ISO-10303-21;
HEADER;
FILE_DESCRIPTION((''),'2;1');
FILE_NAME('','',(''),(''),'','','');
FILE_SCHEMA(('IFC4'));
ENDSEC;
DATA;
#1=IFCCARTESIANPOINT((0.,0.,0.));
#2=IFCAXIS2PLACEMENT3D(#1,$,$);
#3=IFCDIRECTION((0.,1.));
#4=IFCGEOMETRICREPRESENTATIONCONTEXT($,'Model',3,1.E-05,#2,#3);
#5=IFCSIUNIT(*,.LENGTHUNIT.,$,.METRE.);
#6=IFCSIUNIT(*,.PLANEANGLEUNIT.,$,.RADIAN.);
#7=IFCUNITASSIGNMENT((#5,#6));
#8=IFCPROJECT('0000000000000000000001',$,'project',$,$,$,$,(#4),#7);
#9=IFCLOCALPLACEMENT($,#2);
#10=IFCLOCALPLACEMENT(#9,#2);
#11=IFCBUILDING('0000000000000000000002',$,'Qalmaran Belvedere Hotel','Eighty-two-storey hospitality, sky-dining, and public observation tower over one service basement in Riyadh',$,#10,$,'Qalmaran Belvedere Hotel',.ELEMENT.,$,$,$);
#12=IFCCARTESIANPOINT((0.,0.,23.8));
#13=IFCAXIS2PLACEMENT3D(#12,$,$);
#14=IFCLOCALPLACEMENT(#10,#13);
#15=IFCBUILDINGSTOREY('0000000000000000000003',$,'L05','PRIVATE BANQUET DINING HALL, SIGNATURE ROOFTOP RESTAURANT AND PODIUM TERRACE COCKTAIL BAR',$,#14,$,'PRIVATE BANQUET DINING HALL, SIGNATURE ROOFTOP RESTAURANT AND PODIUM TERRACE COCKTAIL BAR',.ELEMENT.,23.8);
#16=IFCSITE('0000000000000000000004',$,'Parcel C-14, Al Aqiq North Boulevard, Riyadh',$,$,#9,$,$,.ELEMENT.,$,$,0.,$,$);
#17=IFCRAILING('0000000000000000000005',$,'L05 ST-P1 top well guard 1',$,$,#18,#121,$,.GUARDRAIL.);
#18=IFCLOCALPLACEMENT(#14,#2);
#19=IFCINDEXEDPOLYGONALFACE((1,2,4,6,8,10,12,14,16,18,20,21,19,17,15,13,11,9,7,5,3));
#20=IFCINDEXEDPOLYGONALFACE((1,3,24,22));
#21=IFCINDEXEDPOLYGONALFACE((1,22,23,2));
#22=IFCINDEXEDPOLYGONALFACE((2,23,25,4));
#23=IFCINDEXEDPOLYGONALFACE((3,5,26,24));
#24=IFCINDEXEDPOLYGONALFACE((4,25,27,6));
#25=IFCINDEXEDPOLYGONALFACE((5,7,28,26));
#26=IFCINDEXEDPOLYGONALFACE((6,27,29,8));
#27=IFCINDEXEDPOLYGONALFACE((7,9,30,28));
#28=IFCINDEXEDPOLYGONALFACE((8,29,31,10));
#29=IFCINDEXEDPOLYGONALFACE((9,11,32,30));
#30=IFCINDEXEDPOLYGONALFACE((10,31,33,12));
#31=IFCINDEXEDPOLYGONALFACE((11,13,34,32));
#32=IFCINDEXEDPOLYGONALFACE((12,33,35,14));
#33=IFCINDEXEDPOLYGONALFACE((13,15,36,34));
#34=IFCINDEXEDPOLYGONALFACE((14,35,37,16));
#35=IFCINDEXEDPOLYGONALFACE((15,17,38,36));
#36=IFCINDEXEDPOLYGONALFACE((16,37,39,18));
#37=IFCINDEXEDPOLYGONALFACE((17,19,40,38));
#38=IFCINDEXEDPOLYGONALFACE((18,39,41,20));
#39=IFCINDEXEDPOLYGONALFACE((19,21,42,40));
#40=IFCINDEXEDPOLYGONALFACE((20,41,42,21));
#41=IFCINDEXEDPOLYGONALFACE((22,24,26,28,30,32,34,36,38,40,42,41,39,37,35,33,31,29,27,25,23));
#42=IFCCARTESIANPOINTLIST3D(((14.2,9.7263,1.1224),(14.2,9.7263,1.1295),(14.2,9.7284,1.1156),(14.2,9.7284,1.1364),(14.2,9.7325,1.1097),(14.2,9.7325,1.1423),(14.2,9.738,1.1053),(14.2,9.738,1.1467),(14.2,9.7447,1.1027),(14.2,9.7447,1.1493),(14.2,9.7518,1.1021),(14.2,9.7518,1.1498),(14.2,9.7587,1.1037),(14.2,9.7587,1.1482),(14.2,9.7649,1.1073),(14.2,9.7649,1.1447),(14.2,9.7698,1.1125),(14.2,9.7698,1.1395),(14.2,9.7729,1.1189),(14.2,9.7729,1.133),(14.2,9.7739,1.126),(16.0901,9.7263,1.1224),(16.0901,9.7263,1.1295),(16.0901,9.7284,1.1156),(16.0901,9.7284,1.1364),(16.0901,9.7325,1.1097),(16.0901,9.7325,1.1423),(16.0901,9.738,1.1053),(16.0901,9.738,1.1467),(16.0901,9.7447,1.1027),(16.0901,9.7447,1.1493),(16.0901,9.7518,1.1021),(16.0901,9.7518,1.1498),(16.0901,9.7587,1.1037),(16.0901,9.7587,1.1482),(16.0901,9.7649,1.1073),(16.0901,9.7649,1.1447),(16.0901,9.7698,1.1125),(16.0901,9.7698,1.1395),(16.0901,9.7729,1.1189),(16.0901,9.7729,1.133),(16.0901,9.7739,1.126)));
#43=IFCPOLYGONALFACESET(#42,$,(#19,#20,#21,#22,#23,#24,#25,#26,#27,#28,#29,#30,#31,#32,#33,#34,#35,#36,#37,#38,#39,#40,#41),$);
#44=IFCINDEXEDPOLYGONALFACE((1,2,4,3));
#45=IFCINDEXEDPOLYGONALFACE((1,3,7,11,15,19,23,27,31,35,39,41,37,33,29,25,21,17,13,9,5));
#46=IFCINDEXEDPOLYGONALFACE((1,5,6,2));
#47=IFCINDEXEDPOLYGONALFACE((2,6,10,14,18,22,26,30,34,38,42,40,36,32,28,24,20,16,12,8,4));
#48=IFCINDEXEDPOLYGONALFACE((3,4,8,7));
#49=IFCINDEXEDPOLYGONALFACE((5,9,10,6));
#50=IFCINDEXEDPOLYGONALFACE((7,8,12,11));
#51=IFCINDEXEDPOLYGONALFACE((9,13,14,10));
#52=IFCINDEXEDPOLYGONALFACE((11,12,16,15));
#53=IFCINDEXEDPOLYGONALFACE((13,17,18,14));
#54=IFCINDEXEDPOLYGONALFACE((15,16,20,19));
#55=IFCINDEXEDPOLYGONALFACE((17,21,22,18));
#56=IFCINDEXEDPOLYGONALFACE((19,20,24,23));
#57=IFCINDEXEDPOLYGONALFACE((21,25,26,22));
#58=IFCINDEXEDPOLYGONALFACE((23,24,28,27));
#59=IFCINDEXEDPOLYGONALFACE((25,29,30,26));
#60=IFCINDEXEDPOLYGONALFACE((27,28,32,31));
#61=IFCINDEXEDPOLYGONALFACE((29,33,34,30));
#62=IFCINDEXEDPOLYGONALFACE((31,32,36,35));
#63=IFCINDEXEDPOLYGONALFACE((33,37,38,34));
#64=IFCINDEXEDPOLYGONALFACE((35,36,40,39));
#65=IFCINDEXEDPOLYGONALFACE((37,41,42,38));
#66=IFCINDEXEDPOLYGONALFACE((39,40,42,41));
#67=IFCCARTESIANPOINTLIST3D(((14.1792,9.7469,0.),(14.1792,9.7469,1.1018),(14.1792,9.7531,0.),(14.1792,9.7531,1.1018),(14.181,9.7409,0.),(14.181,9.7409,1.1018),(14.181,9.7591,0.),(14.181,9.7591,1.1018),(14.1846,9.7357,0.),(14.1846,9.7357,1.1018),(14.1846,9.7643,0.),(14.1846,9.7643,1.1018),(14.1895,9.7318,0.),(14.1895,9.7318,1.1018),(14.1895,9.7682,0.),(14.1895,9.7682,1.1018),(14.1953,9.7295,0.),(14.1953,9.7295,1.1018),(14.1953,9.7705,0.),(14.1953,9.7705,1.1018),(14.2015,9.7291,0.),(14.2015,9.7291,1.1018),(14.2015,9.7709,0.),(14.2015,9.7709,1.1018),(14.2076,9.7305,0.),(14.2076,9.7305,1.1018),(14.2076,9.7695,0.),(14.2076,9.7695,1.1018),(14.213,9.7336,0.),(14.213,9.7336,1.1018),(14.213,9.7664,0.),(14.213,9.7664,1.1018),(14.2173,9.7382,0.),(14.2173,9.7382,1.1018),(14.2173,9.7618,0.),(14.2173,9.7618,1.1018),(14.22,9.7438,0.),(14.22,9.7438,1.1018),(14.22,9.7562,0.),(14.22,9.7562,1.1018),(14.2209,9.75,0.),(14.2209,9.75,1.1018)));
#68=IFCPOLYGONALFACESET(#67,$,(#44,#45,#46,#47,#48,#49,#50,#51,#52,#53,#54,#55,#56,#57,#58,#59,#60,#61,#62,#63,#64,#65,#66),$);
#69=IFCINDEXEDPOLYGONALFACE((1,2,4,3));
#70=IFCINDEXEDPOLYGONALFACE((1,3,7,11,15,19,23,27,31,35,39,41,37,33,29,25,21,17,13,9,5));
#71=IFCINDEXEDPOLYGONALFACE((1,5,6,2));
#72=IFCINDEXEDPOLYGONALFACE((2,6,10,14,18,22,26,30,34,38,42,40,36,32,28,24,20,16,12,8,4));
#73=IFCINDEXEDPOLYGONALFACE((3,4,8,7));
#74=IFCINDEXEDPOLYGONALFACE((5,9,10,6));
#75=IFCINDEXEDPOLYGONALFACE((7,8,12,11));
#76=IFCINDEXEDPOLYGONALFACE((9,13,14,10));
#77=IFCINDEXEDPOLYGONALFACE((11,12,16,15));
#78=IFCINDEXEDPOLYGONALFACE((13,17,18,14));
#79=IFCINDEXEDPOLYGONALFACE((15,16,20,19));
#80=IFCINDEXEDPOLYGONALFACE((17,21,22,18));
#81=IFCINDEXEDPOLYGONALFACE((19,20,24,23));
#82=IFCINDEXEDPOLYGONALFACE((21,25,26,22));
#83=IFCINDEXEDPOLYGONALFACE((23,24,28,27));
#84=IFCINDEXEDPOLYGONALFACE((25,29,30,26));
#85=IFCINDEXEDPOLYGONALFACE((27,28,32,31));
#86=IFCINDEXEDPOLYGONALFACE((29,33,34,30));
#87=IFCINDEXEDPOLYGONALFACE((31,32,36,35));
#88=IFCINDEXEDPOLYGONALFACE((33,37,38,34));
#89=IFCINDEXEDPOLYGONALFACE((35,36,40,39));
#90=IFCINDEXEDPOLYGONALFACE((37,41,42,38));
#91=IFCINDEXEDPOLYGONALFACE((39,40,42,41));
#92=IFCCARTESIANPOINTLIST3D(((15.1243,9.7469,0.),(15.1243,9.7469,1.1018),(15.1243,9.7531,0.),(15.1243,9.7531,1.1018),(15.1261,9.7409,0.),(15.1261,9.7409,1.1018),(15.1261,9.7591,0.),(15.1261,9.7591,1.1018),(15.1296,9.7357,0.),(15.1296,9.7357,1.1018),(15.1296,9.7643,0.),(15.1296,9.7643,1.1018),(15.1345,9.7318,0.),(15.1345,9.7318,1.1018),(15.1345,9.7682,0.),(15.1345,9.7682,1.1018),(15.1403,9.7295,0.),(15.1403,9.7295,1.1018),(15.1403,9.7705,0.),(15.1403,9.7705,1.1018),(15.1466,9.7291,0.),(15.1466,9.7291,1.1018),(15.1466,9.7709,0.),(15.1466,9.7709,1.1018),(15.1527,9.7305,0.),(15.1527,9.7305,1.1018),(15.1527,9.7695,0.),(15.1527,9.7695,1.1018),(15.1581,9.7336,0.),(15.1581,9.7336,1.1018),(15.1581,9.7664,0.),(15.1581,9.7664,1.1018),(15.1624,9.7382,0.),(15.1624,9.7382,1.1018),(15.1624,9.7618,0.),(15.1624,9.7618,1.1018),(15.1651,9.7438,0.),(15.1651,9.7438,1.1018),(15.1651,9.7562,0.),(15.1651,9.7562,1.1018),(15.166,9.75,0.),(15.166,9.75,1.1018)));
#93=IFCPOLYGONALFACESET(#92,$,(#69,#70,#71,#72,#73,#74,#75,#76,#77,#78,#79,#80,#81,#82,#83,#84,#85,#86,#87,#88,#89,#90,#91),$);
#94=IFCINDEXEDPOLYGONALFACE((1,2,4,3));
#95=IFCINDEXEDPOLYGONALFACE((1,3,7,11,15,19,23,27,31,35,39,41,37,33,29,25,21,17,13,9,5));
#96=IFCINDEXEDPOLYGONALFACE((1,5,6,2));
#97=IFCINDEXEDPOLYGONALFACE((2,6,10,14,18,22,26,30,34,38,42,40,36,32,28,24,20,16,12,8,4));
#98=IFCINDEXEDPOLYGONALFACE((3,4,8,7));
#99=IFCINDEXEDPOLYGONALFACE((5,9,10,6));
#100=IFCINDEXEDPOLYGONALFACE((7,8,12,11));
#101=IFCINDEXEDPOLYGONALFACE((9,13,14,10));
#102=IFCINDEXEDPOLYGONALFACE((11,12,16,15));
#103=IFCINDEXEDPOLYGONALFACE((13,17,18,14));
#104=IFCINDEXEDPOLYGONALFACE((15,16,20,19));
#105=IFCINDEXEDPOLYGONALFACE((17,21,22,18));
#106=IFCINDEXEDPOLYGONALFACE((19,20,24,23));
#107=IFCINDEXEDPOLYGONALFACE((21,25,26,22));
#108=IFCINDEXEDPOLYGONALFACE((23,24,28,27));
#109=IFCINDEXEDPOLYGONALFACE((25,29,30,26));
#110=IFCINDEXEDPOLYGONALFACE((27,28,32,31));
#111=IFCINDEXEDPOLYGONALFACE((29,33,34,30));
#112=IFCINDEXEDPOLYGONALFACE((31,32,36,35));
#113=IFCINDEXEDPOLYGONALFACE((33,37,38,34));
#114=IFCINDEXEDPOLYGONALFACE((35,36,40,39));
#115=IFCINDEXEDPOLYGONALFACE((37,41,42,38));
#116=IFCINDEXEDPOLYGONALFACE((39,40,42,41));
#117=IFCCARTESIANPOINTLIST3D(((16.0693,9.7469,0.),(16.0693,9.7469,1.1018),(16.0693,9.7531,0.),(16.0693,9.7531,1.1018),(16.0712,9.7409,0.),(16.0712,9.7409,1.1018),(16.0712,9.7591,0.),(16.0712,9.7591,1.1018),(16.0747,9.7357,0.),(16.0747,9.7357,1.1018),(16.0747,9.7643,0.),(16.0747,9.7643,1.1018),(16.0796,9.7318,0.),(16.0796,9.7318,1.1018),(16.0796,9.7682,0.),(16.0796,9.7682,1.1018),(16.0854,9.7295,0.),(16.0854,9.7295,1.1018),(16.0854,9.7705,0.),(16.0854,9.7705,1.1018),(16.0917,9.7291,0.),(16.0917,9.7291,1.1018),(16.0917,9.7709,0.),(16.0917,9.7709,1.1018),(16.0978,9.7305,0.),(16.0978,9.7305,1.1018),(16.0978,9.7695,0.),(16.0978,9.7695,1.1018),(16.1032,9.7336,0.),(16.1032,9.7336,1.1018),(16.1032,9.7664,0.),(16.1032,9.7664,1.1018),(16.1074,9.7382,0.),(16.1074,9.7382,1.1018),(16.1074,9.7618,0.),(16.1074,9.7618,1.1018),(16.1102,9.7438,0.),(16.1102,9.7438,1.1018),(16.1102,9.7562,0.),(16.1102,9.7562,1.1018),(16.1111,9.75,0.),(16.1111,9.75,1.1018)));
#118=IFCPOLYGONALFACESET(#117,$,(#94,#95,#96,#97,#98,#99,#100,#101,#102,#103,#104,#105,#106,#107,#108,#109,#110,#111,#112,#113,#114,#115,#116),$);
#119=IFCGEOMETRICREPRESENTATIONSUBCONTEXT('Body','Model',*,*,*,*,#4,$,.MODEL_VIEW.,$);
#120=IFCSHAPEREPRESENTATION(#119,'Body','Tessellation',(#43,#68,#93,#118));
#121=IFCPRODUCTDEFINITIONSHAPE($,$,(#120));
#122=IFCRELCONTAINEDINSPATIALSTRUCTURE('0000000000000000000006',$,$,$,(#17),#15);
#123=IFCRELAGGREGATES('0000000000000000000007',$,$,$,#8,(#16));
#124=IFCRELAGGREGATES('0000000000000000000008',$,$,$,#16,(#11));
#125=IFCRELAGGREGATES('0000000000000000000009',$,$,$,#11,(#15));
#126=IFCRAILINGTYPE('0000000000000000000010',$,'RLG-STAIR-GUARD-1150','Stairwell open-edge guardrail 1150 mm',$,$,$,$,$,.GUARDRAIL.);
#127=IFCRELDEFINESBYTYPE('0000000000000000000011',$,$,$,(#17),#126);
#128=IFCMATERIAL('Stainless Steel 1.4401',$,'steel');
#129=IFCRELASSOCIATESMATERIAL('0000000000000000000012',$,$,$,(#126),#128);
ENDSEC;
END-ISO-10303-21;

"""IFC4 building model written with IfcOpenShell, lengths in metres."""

from ifc_helpers import new_model, si_unit, direction, frame, origin, origin_2d, place, context, subcontext, project, spatial, circle, extrude, material, type_object, element, save


model = new_model("IFC4")

# Units and contexts
model_context = context("Model", 3, precision=1e-05, world=origin(), true_north=direction((0.0, 1.0)))
body_context = subcontext(model_context, "Body", "Model", "MODEL_VIEW")
ifc_project = project(units=[si_unit("LENGTHUNIT", "METRE"), si_unit("PLANEANGLEUNIT", "RADIAN")], contexts=[model_context])

# Site, building, storey
site_placement = place(None, origin())
site = spatial("IfcSite", under=ifc_project, at=site_placement, Name="Parcel C-14, Al Aqiq North Boulevard, Riyadh", CompositionType="ELEMENT", RefElevation=0.0)
building_placement = place(site_placement, origin())
building = spatial("IfcBuilding", under=site, at=building_placement, Name="Qalmaran Belvedere Hotel", Description="Eighty-two-storey hospitality, sky-dining, and public observation tower over one service basement in Riyadh", LongName="Qalmaran Belvedere Hotel", CompositionType="ELEMENT")
storey_placement = place(building_placement, frame((0.0, 0.0, 23.8)))
storey = spatial("IfcBuildingStorey", under=building, at=storey_placement, Name="L05", Description="PRIVATE BANQUET DINING HALL, SIGNATURE ROOFTOP RESTAURANT AND PODIUM TERRACE COCKTAIL BAR", LongName="PRIVATE BANQUET DINING HALL, SIGNATURE ROOFTOP RESTAURANT AND PODIUM TERRACE COCKTAIL BAR", CompositionType="ELEMENT", Elevation=23.8)

# Railing
ifc_material_1 = material(Name="Stainless Steel 1.4401", Category="steel")
railing_type = type_object("IfcRailingType", Name="RLG-STAIR-GUARD-1150", Description="Stairwell open-edge guardrail 1150 mm", PredefinedType="GUARDRAIL", material=ifc_material_1)
railing_placement = place(storey_placement, frame((14.2, 9.75, 0.0)))
element("IfcRailing", 1, at=railing_placement, inside=storey, type_object=railing_type, Name="L05 ST-P1 top well guard 1", PredefinedType="GUARDRAIL", context=body_context, shape_type="SweptSolid", body=[
    extrude(circle(Radius=0.0239, at=origin_2d()), frame((0.0, 0.0, 1.126), z_axis=(1.0, 0.0, 0.0), x_axis=(0.0, 1.0, 0.0)), (0.0, 0.0, 1.0), 1.8901),
    extrude(circle(Radius=0.021, at=origin_2d()), origin(), (0.0, 0.0, 1.0), 1.1018),
    extrude(circle(Radius=0.021, at=origin_2d()), frame((0.9451, 0.0, 0.0)), (0.0, 0.0, 1.0), 1.1018),
    extrude(circle(Radius=0.021, at=origin_2d()), frame((1.8901, 0.0, 0.0)), (0.0, 0.0, 1.0), 1.1018),
])

save(model, "model.ifc")
